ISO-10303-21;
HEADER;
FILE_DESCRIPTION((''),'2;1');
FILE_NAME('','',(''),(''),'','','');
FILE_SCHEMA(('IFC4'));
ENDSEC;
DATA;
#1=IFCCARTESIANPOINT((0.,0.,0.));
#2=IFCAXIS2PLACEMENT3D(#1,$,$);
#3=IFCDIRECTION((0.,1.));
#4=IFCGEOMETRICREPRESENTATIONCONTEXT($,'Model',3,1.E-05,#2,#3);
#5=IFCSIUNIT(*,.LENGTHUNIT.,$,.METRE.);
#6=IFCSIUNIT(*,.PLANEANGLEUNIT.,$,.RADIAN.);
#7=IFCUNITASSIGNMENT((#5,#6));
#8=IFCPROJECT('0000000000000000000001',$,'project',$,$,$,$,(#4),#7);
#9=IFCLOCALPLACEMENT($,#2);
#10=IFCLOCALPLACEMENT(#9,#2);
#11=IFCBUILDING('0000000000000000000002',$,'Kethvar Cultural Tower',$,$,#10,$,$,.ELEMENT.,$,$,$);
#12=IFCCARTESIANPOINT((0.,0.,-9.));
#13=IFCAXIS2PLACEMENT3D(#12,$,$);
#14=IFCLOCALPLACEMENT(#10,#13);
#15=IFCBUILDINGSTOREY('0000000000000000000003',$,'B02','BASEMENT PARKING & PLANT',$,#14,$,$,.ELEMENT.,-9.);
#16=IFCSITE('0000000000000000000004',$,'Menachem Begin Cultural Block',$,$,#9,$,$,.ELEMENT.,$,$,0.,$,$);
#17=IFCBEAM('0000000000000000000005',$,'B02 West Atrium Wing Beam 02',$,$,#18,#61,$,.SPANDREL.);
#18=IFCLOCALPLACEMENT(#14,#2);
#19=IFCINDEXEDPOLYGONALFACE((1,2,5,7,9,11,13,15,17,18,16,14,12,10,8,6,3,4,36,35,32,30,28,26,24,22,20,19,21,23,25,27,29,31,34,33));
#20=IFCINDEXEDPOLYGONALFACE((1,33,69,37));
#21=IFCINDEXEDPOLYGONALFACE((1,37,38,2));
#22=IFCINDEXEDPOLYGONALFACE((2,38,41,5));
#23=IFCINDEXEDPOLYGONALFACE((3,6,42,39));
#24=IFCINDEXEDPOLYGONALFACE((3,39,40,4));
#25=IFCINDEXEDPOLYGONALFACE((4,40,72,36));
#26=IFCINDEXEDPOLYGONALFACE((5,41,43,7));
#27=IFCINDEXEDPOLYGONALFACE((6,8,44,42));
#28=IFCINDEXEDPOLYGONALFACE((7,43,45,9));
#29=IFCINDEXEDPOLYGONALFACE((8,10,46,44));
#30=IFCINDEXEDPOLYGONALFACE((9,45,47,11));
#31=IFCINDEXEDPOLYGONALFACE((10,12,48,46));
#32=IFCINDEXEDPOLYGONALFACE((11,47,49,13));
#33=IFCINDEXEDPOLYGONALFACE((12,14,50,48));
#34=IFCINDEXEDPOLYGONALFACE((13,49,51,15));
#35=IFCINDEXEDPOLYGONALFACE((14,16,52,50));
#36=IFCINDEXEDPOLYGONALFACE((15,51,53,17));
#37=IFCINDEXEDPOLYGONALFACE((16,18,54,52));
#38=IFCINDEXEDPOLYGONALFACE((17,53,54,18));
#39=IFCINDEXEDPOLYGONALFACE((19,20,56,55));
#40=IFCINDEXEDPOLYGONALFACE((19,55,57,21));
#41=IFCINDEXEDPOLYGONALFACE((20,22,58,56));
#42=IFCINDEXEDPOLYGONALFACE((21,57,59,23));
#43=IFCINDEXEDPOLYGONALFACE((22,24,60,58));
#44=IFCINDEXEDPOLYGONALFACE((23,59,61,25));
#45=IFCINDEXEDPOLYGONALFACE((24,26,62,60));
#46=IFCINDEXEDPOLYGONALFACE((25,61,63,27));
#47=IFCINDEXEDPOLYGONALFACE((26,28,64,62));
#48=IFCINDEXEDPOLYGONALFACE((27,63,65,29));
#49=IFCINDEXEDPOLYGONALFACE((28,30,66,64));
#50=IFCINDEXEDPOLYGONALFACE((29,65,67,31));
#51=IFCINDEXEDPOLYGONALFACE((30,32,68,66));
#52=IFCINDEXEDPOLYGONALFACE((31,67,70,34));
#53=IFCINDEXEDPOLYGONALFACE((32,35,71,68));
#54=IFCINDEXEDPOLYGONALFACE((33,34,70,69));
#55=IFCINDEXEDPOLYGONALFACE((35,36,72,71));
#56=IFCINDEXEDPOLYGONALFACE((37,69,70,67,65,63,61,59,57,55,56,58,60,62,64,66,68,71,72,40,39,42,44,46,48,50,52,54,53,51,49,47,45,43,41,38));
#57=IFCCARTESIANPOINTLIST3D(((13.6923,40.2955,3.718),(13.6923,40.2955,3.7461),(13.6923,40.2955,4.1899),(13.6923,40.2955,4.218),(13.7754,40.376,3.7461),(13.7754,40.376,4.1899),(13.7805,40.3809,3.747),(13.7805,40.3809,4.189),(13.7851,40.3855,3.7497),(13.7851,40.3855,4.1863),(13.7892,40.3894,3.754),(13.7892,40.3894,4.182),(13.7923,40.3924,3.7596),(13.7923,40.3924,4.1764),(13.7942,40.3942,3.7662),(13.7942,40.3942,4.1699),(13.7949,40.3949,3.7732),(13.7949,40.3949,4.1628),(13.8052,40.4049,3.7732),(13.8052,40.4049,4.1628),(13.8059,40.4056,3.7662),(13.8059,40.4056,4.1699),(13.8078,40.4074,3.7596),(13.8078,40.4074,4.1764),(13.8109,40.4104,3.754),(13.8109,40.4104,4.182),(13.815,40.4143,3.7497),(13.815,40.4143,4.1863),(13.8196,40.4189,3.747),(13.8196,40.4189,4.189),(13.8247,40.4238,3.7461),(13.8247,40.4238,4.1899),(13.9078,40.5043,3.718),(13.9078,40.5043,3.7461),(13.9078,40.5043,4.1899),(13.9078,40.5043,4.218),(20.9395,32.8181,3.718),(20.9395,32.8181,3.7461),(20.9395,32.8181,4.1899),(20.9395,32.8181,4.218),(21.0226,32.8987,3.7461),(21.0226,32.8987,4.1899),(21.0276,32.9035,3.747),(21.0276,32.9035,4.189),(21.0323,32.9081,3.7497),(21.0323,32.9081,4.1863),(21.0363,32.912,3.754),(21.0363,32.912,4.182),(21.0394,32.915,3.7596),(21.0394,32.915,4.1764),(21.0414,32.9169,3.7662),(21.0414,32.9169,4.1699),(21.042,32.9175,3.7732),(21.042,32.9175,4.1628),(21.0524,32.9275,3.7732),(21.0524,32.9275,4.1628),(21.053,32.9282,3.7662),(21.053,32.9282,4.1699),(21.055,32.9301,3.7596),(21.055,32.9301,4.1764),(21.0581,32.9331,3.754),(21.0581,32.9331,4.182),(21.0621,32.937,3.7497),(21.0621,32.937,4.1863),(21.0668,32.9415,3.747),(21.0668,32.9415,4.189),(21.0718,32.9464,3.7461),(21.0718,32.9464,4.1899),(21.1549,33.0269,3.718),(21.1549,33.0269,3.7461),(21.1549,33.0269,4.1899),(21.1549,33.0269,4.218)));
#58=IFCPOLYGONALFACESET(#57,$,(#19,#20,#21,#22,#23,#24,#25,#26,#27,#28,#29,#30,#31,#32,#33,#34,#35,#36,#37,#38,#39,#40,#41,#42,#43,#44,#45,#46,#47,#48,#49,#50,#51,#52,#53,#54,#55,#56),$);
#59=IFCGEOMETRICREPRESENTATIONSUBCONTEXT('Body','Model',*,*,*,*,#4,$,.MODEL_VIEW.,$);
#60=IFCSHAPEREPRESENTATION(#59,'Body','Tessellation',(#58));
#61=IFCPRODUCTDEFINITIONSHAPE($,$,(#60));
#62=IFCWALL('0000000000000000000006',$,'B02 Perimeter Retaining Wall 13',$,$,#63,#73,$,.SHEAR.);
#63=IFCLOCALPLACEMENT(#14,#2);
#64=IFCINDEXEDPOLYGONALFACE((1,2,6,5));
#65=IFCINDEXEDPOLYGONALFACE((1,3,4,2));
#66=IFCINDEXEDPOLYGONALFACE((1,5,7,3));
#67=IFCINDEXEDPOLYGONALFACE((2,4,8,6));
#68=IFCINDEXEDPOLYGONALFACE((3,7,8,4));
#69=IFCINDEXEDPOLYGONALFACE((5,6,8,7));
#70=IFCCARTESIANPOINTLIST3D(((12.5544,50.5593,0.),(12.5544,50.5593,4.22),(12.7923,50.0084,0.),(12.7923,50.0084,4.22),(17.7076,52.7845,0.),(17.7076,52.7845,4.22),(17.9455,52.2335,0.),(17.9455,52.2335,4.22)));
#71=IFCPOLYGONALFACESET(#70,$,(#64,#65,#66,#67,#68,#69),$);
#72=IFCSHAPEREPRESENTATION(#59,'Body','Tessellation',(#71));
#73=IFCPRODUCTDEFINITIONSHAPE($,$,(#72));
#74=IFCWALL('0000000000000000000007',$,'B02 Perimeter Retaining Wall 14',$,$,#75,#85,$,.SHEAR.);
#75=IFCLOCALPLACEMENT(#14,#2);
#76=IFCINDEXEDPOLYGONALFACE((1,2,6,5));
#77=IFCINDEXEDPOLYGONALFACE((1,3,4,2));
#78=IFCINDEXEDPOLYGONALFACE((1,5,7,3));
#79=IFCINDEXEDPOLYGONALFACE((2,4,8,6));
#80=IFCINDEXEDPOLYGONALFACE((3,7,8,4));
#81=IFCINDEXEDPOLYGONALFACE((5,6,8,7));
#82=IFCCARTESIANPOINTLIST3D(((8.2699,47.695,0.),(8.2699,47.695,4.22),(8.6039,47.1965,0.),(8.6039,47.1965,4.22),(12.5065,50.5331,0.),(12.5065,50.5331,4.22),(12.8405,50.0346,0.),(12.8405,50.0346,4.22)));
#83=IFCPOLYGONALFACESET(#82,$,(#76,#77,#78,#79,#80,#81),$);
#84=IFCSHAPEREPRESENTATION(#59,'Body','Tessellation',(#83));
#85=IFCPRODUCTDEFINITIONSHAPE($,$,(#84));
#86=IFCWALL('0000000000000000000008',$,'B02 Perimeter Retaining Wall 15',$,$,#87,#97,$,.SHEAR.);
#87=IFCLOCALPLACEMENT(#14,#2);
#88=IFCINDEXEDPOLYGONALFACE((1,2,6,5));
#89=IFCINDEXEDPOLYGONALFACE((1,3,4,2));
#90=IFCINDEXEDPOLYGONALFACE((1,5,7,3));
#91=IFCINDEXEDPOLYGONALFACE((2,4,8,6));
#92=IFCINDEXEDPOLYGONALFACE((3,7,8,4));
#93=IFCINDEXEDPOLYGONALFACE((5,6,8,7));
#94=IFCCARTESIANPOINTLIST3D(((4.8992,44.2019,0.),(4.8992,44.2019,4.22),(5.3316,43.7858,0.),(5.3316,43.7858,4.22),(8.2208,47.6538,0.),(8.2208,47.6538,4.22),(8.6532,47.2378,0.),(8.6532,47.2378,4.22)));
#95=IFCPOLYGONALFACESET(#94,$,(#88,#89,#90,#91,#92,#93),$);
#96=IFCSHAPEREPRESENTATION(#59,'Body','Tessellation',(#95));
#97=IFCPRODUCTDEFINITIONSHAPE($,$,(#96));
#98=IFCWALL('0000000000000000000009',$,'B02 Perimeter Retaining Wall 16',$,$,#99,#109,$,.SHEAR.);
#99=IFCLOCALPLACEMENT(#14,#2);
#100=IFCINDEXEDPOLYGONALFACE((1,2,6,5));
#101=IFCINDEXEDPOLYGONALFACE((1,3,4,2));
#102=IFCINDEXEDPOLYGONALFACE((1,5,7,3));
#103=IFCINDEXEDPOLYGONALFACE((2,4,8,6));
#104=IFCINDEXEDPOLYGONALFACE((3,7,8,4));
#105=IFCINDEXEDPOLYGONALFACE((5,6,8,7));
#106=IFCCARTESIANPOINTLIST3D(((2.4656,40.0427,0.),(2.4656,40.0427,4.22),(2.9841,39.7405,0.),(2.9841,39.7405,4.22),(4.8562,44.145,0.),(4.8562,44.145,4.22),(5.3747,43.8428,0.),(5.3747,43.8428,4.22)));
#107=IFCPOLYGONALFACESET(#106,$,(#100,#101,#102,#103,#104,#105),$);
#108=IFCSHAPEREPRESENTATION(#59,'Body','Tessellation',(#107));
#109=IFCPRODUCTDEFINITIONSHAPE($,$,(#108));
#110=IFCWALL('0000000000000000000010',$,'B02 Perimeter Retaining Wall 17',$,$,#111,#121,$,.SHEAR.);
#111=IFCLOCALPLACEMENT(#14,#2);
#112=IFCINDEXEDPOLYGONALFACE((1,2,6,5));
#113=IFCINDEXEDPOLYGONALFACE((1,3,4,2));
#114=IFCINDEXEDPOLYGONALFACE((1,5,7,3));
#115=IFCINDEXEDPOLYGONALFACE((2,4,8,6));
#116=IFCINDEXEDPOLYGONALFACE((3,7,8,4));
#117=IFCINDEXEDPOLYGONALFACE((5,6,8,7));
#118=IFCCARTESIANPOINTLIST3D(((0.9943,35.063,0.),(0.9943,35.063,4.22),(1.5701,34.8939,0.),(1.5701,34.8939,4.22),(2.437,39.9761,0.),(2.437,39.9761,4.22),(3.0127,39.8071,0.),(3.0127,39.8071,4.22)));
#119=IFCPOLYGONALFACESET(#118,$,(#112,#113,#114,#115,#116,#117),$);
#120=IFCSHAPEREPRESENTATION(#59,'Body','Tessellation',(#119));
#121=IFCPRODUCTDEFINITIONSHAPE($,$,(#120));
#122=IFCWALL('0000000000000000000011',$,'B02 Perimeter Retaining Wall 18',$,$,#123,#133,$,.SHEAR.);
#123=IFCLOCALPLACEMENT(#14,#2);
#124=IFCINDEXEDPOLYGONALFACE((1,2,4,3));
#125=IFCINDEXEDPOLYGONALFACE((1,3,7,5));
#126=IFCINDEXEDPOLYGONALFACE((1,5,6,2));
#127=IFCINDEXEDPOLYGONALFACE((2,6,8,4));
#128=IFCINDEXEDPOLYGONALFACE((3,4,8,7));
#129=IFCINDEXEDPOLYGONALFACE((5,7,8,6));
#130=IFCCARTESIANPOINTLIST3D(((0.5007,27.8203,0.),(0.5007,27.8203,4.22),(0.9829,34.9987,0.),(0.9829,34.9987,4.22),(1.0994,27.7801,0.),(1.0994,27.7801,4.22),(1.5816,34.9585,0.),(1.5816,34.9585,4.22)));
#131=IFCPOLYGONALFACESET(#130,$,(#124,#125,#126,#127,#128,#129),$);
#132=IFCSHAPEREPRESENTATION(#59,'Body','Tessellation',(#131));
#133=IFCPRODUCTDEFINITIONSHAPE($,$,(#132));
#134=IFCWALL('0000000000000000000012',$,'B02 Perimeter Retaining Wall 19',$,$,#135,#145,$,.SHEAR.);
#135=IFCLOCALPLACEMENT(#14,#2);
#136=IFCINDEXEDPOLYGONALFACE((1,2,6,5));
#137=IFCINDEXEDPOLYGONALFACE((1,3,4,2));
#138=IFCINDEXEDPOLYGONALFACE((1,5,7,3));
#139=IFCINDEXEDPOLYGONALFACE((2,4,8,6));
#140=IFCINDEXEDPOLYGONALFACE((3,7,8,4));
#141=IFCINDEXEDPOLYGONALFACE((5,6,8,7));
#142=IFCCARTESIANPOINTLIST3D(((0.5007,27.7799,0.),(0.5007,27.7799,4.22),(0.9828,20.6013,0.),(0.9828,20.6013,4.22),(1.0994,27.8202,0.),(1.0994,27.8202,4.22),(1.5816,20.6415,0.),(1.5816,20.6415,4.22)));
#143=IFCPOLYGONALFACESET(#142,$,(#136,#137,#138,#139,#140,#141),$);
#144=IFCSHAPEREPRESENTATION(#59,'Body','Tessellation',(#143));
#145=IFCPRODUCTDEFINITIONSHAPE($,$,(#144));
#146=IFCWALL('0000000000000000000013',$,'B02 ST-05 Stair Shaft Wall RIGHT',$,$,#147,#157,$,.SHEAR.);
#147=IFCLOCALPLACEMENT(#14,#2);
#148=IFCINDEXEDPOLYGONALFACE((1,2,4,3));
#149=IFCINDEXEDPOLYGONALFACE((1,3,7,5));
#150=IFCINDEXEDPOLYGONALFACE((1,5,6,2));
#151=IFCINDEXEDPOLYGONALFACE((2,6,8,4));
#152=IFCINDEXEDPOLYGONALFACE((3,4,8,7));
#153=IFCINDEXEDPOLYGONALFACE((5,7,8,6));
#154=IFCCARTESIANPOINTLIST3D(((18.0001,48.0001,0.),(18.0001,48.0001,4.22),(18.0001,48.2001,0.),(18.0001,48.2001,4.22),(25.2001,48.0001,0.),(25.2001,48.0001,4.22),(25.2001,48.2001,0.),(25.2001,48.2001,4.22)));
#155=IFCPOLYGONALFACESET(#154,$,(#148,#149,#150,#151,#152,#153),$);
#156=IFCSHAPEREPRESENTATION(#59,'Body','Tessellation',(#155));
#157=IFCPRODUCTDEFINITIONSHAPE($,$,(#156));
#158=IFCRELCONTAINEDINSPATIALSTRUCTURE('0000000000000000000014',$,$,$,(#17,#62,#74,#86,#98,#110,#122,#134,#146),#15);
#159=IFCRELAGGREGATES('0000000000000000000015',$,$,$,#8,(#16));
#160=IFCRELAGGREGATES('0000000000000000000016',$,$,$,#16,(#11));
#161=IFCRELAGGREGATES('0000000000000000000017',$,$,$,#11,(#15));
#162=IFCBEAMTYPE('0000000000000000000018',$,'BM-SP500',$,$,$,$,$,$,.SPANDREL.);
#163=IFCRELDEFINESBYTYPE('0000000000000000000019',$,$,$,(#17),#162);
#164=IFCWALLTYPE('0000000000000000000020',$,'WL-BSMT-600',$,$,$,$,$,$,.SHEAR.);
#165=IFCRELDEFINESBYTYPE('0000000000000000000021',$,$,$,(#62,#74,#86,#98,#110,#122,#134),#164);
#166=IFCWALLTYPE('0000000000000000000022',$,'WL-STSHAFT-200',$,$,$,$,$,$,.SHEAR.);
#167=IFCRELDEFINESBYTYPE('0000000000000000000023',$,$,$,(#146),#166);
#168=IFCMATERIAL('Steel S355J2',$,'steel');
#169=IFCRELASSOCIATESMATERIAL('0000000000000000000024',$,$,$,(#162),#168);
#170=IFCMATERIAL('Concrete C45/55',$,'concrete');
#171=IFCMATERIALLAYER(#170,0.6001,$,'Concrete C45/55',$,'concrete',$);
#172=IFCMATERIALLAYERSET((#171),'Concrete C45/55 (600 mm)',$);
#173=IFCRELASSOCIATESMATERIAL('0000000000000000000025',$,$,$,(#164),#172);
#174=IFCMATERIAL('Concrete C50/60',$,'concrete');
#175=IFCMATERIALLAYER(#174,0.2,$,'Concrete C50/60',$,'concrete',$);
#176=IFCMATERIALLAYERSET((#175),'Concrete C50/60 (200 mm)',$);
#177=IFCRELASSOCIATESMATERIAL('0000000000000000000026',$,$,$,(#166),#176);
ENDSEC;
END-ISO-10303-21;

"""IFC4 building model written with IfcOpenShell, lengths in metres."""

from ifc_helpers import new_model, si_unit, direction, frame, frame_2d, origin, origin_2d, place, context, subcontext, project, spatial, rectangle, i_section, extrude, source, transform, mapped, material, layer, layer_set, material_profile, profile_set, type_object, element, save


model = new_model("IFC4")

# Units and contexts
model_context = context("Model", 3, precision=1e-05, world=origin(), true_north=direction((0.0, 1.0)))
body_context = subcontext(model_context, "Body", "Model", "MODEL_VIEW")
ifc_project = project(units=[si_unit("LENGTHUNIT", "METRE"), si_unit("PLANEANGLEUNIT", "RADIAN")], contexts=[model_context])

# Site, building, storey
site_placement = place(None, origin())
site = spatial("IfcSite", under=ifc_project, at=site_placement, Name="Menachem Begin Cultural Block", CompositionType="ELEMENT", RefElevation=0.0)
building_placement = place(site_placement, origin())
building = spatial("IfcBuilding", under=site, at=building_placement, Name="Kethvar Cultural Tower", CompositionType="ELEMENT")
storey_placement = place(building_placement, frame((0.0, 0.0, -9.0)))
storey = spatial("IfcBuildingStorey", under=building, at=storey_placement, Name="B02", Description="BASEMENT PARKING & PLANT", CompositionType="ELEMENT", Elevation=-9.0)

# Shared definitions
ifc_material_1 = material(Name="Concrete C45/55", Category="concrete")

# Shared definitions
ifc_material_2 = material(Name="Concrete C50/60", Category="concrete")
ifc_material_3 = material(Name="Steel S355J2", Category="steel")

# Beam
ifc_material_profile_1 = material_profile(ifc_material_3, i_section(OverallWidth=0.3, OverallDepth=0.5, WebThickness=0.0144, FlangeThickness=0.0281, FilletRadius=0.0271, at=origin_2d()), Name="Steel S355J2 — HEB500")
ifc_profile_set_1 = profile_set([ifc_material_profile_1], Name="Steel S355J2 — HEB500")
beam_type = type_object("IfcBeamType", Name="BM-SP500", PredefinedType="SPANDREL", material=ifc_profile_set_1)
shared_shape_1 = source(origin(), body_context, "Body", "SweptSolid", [
    extrude(i_section(OverallWidth=0.3, OverallDepth=0.5, WebThickness=0.0144, FlangeThickness=0.0281, FilletRadius=0.0271, at=origin_2d()), origin(), (0.0, 0.0, 1.0), 10.4131),
])
beam_placement = place(storey_placement, frame((13.8, 40.3999, 3.968), z_axis=(0.695966, -0.718075, 0.0), x_axis=(0.718075, 0.695966, 0.0)))
element("IfcBeam", 1, at=beam_placement, inside=storey, type_object=beam_type, Name="B02 West Atrium Wing Beam 02", PredefinedType="SPANDREL", context=body_context, shape_type="MappedRepresentation", body=[
    mapped(shared_shape_1, transform((0.0, 0.0, 0.0), scale=1.0)),
])

# Walls
ifc_layer_1 = layer(ifc_material_1, 0.6001, Name="Concrete C45/55", Category="concrete")
ifc_layer_set_1 = layer_set([ifc_layer_1], Name="Concrete C45/55 (600 mm)")
wall_type_1 = type_object("IfcWallType", Name="WL-BSMT-600", PredefinedType="SHEAR", material=ifc_layer_set_1)
wall_1_placement = place(storey_placement, frame((17.8267, 52.509, 0.0), z_axis=(0.0, 0.0, 1.0), x_axis=(-0.918068, -0.396422, 0.0)))
element("IfcWall", 2, at=wall_1_placement, inside=storey, type_object=wall_type_1, Name="B02 Perimeter Retaining Wall 13", PredefinedType="SHEAR", context=body_context, shape_type="SweptSolid", body=[
    extrude(rectangle(XDim=5.613, YDim=0.6001, at=frame_2d((2.8066, 0.0))), origin(), (0.0, 0.0, 1.0), 4.22),
])
wall_2_placement = place(storey_placement, frame((12.6736, 50.2839, 0.0), z_axis=(0.0, 0.0, 1.0), x_axis=(-0.830803, -0.556566, 0.0)))
element("IfcWall", 3, at=wall_2_placement, inside=storey, type_object=wall_type_1, Name="B02 Perimeter Retaining Wall 14", PredefinedType="SHEAR", context=body_context, shape_type="SweptSolid", body=[
    extrude(rectangle(XDim=5.0994, YDim=0.6001, at=frame_2d((2.5498, 0.0))), origin(), (0.0, 0.0, 1.0), 4.22),
])
wall_3_placement = place(storey_placement, frame((8.437, 47.4458, 0.0), z_axis=(0.0, 0.0, 1.0), x_axis=(-0.693368, -0.720583, 0.0)))
element("IfcWall", 4, at=wall_3_placement, inside=storey, type_object=wall_type_1, Name="B02 Perimeter Retaining Wall 15", PredefinedType="SHEAR", context=body_context, shape_type="SweptSolid", body=[
    extrude(rectangle(XDim=4.7905, YDim=0.6001, at=frame_2d((2.3953, 0.0))), origin(), (0.0, 0.0, 1.0), 4.22),
])
wall_4_placement = place(storey_placement, frame((5.1155, 43.9939, 0.0), z_axis=(0.0, 0.0, 1.0), x_axis=(-0.503497, -0.863997, 0.0)))
element("IfcWall", 5, at=wall_4_placement, inside=storey, type_object=wall_type_1, Name="B02 Perimeter Retaining Wall 16", PredefinedType="SHEAR", context=body_context, shape_type="SweptSolid", body=[
    extrude(rectangle(XDim=4.748, YDim=0.6001, at=frame_2d((2.374, 0.0))), origin(), (0.0, 0.0, 1.0), 4.22),
])
wall_5_placement = place(storey_placement, frame((2.7249, 39.8916, 0.0), z_axis=(0.0, 0.0, 1.0), x_axis=(-0.281735, -0.959492, 0.0)))
element("IfcWall", 6, at=wall_5_placement, inside=storey, type_object=wall_type_1, Name="B02 Perimeter Retaining Wall 17", PredefinedType="SHEAR", context=body_context, shape_type="SweptSolid", body=[
    extrude(rectangle(XDim=5.1206, YDim=0.6001, at=frame_2d((2.5603, 0.0))), origin(), (0.0, 0.0, 1.0), 4.22),
])
wall_6_placement = place(storey_placement, frame((1.2822, 34.9785, 0.0), z_axis=(0.0, 0.0, 1.0), x_axis=(-0.067019, -0.997752, 0.0)))
element("IfcWall", 7, at=wall_6_placement, inside=storey, type_object=wall_type_1, Name="B02 Perimeter Retaining Wall 18", PredefinedType="SHEAR", context=body_context, shape_type="SweptSolid", body=[
    extrude(rectangle(XDim=7.1946, YDim=0.6001, at=frame_2d((3.5972, 0.0))), origin(), (0.0, 0.0, 1.0), 4.22),
])
wall_7_placement = place(storey_placement, frame((0.8, 27.8, 0.0), z_axis=(0.0, 0.0, 1.0), x_axis=(0.067017, -0.997752, 0.0)))
element("IfcWall", 8, at=wall_7_placement, inside=storey, type_object=wall_type_1, Name="B02 Perimeter Retaining Wall 19", PredefinedType="SHEAR", context=body_context, shape_type="SweptSolid", body=[
    extrude(rectangle(XDim=7.1948, YDim=0.6001, at=frame_2d((3.5974, 0.0))), origin(), (0.0, 0.0, 1.0), 4.22),
])

# Shared definitions
ifc_layer_2 = layer(ifc_material_2, 0.2, Name="Concrete C50/60", Category="concrete")
ifc_layer_set_2 = layer_set([ifc_layer_2], Name="Concrete C50/60 (200 mm)")
wall_type_2 = type_object("IfcWallType", Name="WL-STSHAFT-200", PredefinedType="SHEAR", material=ifc_layer_set_2)

# Wall
wall_8_placement = place(storey_placement, frame((18.0, 48.1001, 0.0), z_axis=(0.0, 0.0, 1.0), x_axis=(1.0, 0.0, 0.0)))
element("IfcWall", 9, at=wall_8_placement, inside=storey, type_object=wall_type_2, Name="B02 ST-05 Stair Shaft Wall RIGHT", PredefinedType="SHEAR", context=body_context, shape_type="SweptSolid", body=[
    extrude(rectangle(XDim=7.2, YDim=0.2, at=frame_2d((3.6001, 0.0))), origin(), (0.0, 0.0, 1.0), 4.22),
])

save(model, "model.ifc")
